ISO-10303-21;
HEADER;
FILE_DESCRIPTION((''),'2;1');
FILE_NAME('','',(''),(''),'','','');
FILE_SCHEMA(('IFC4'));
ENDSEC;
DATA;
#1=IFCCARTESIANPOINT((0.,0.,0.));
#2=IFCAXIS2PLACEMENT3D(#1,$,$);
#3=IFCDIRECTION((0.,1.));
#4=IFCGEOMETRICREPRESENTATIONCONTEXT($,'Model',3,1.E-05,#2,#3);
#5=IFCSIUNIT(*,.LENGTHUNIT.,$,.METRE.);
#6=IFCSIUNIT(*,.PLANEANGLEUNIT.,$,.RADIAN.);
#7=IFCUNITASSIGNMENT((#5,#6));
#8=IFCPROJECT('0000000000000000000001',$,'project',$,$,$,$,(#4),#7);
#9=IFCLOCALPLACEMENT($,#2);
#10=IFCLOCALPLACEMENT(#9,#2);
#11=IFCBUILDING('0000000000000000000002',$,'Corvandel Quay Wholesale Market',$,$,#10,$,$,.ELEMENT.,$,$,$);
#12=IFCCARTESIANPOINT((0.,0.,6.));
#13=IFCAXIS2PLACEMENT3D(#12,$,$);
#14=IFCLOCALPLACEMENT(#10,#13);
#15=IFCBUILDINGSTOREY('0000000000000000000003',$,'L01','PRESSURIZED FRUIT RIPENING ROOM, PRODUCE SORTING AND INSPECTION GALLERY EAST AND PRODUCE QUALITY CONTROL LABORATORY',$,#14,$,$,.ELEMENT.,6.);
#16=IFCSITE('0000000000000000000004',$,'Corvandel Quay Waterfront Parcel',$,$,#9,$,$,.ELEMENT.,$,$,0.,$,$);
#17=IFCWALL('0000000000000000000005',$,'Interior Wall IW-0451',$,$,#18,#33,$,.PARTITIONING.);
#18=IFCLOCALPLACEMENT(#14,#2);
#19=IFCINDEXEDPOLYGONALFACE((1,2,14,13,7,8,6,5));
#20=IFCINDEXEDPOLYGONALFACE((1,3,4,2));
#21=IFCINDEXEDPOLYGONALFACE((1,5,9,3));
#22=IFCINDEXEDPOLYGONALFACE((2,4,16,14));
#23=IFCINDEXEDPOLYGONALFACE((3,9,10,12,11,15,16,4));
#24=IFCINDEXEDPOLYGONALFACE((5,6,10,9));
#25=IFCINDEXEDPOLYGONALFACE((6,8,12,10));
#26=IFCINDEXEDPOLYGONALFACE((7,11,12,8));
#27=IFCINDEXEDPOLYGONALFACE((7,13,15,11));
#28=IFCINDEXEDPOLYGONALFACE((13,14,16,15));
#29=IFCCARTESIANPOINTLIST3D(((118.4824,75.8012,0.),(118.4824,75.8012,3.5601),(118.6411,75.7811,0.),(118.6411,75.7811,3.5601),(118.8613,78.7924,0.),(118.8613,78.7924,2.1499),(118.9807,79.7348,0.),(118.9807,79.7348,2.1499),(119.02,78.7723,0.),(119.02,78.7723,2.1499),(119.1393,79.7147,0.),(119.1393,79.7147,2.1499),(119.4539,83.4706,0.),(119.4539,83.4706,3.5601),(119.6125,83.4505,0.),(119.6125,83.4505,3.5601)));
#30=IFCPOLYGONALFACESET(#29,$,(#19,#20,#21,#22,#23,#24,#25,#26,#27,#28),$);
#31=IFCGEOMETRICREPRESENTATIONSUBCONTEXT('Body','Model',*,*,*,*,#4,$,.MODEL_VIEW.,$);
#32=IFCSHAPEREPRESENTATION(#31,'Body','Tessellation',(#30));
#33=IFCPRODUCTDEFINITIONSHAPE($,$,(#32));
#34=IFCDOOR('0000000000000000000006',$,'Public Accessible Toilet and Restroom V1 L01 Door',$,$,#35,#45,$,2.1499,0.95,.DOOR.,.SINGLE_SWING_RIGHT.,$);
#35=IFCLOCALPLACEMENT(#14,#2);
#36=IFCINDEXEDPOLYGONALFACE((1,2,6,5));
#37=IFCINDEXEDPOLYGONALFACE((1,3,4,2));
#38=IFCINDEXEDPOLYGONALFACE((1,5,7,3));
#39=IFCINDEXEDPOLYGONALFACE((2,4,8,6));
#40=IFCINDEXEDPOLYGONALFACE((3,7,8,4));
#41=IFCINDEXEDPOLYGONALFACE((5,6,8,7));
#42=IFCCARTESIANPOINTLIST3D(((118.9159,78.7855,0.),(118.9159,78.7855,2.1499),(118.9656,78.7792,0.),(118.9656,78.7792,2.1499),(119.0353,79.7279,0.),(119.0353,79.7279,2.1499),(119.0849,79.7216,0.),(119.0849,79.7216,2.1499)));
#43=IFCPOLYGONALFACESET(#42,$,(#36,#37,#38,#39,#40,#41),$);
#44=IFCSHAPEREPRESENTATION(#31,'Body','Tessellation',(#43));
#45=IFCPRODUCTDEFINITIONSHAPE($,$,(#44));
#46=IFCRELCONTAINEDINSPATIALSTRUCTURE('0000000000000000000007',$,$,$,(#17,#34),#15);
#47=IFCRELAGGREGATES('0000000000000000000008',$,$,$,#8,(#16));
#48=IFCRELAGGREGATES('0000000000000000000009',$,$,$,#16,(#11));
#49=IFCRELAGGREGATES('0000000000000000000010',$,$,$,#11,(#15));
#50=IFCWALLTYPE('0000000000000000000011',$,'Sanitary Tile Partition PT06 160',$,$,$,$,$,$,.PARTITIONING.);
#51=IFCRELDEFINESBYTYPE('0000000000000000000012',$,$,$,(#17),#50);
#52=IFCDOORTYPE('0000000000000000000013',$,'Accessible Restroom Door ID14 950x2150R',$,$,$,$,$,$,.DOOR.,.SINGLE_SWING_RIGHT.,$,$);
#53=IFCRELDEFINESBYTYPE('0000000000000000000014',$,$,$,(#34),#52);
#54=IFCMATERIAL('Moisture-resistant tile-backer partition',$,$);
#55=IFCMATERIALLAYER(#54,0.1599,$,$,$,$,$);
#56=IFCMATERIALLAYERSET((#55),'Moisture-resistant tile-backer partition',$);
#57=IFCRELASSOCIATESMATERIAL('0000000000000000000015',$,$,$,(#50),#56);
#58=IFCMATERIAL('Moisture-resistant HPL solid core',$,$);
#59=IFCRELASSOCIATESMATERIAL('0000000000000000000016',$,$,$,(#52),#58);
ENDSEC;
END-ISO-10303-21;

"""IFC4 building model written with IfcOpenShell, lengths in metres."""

from ifc_helpers import new_model, si_unit, direction, frame, frame_2d, origin, place, context, subcontext, project, spatial, rectangle, extrude, material, layer, layer_set, type_object, element, fill, save


model = new_model("IFC4")

# Units and contexts
model_context = context("Model", 3, precision=1e-05, world=origin(), true_north=direction((0.0, 1.0)))
body_context = subcontext(model_context, "Body", "Model", "MODEL_VIEW")
ifc_project = project(units=[si_unit("LENGTHUNIT", "METRE"), si_unit("PLANEANGLEUNIT", "RADIAN")], contexts=[model_context])

# Site, building, storey
site_placement = place(None, origin())
site = spatial("IfcSite", under=ifc_project, at=site_placement, Name="Corvandel Quay Waterfront Parcel", CompositionType="ELEMENT", RefElevation=0.0)
building_placement = place(site_placement, origin())
building = spatial("IfcBuilding", under=site, at=building_placement, Name="Corvandel Quay Wholesale Market", CompositionType="ELEMENT")
storey_placement = place(building_placement, frame((0.0, 0.0, 6.0)))
storey = spatial("IfcBuildingStorey", under=building, at=storey_placement, Name="L01", Description="PRESSURIZED FRUIT RIPENING ROOM, PRODUCE SORTING AND INSPECTION GALLERY EAST AND PRODUCE QUALITY CONTROL LABORATORY", CompositionType="ELEMENT", Elevation=6.0)

# Shared definitions
ifc_material_1 = material(Name="Moisture-resistant tile-backer partition")
ifc_layer_1 = layer(ifc_material_1, 0.1599)
ifc_layer_set_1 = layer_set([ifc_layer_1], Name="Moisture-resistant tile-backer partition")
wall_type_1 = type_object("IfcWallType", Name="Sanitary Tile Partition PT06 160", PredefinedType="PARTITIONING", material=ifc_layer_set_1)

# Wall, opening, door
wall_1_placement = place(storey_placement, frame((118.5618, 75.7913, 0.0), z_axis=(0.0, 0.0, 1.0), x_axis=(0.125659, 0.992073, 0.0)))
wall_1 = element("IfcWall", 1, at=wall_1_placement, inside=storey, type_object=wall_type_1, Name="Interior Wall IW-0451", PredefinedType="PARTITIONING", context=body_context, shape_type="SweptSolid", body=[
    extrude(rectangle(XDim=7.7307, YDim=0.1599, at=frame_2d((3.8652, 0.0))), origin(), (0.0, 0.0, 1.0), 3.5601),
])
opening_1_placement = place(wall_1_placement, frame((3.0149, 0.0, 0.0)))
opening_1 = element("IfcOpeningElement", 2, at=opening_1_placement, cuts=wall_1, PredefinedType="OPENING", context=body_context, shape_type="SweptSolid", body=[
    extrude(rectangle(XDim=0.95, YDim=2.1499, at=frame_2d((0.4751, 1.075))), frame((0.0, 0.0898, 0.0), z_axis=(0.0, -1.0, 0.0), x_axis=(1.0, 0.0, 0.0)), (0.0, 0.0, 1.0), 0.1799),
])
ifc_material_2 = material(Name="Moisture-resistant HPL solid core")
door_type_1 = type_object("IfcDoorType", Name="Accessible Restroom Door ID14 950x2150R", OperationType="SINGLE_SWING_RIGHT", PredefinedType="DOOR", material=ifc_material_2)
door_1_placement = place(opening_1_placement, origin())
door_1 = element("IfcDoor", 3, at=door_1_placement, inside=storey, type_object=door_type_1, Name="Public Accessible Toilet and Restroom V1 L01 Door", OperationType="SINGLE_SWING_RIGHT", OverallHeight=2.1499, OverallWidth=0.95, PredefinedType="DOOR", context=body_context, shape_type="SweptSolid", body=[
    extrude(rectangle(XDim=0.95, YDim=2.1499, at=frame_2d((0.4751, 1.075))), frame((0.0, 0.0249, 0.0), z_axis=(0.0, -1.0, 0.0), x_axis=(1.0, 0.0, 0.0)), (0.0, 0.0, 1.0), 0.05),
])
fill(opening_1, door_1)

save(model, "model.ifc")
